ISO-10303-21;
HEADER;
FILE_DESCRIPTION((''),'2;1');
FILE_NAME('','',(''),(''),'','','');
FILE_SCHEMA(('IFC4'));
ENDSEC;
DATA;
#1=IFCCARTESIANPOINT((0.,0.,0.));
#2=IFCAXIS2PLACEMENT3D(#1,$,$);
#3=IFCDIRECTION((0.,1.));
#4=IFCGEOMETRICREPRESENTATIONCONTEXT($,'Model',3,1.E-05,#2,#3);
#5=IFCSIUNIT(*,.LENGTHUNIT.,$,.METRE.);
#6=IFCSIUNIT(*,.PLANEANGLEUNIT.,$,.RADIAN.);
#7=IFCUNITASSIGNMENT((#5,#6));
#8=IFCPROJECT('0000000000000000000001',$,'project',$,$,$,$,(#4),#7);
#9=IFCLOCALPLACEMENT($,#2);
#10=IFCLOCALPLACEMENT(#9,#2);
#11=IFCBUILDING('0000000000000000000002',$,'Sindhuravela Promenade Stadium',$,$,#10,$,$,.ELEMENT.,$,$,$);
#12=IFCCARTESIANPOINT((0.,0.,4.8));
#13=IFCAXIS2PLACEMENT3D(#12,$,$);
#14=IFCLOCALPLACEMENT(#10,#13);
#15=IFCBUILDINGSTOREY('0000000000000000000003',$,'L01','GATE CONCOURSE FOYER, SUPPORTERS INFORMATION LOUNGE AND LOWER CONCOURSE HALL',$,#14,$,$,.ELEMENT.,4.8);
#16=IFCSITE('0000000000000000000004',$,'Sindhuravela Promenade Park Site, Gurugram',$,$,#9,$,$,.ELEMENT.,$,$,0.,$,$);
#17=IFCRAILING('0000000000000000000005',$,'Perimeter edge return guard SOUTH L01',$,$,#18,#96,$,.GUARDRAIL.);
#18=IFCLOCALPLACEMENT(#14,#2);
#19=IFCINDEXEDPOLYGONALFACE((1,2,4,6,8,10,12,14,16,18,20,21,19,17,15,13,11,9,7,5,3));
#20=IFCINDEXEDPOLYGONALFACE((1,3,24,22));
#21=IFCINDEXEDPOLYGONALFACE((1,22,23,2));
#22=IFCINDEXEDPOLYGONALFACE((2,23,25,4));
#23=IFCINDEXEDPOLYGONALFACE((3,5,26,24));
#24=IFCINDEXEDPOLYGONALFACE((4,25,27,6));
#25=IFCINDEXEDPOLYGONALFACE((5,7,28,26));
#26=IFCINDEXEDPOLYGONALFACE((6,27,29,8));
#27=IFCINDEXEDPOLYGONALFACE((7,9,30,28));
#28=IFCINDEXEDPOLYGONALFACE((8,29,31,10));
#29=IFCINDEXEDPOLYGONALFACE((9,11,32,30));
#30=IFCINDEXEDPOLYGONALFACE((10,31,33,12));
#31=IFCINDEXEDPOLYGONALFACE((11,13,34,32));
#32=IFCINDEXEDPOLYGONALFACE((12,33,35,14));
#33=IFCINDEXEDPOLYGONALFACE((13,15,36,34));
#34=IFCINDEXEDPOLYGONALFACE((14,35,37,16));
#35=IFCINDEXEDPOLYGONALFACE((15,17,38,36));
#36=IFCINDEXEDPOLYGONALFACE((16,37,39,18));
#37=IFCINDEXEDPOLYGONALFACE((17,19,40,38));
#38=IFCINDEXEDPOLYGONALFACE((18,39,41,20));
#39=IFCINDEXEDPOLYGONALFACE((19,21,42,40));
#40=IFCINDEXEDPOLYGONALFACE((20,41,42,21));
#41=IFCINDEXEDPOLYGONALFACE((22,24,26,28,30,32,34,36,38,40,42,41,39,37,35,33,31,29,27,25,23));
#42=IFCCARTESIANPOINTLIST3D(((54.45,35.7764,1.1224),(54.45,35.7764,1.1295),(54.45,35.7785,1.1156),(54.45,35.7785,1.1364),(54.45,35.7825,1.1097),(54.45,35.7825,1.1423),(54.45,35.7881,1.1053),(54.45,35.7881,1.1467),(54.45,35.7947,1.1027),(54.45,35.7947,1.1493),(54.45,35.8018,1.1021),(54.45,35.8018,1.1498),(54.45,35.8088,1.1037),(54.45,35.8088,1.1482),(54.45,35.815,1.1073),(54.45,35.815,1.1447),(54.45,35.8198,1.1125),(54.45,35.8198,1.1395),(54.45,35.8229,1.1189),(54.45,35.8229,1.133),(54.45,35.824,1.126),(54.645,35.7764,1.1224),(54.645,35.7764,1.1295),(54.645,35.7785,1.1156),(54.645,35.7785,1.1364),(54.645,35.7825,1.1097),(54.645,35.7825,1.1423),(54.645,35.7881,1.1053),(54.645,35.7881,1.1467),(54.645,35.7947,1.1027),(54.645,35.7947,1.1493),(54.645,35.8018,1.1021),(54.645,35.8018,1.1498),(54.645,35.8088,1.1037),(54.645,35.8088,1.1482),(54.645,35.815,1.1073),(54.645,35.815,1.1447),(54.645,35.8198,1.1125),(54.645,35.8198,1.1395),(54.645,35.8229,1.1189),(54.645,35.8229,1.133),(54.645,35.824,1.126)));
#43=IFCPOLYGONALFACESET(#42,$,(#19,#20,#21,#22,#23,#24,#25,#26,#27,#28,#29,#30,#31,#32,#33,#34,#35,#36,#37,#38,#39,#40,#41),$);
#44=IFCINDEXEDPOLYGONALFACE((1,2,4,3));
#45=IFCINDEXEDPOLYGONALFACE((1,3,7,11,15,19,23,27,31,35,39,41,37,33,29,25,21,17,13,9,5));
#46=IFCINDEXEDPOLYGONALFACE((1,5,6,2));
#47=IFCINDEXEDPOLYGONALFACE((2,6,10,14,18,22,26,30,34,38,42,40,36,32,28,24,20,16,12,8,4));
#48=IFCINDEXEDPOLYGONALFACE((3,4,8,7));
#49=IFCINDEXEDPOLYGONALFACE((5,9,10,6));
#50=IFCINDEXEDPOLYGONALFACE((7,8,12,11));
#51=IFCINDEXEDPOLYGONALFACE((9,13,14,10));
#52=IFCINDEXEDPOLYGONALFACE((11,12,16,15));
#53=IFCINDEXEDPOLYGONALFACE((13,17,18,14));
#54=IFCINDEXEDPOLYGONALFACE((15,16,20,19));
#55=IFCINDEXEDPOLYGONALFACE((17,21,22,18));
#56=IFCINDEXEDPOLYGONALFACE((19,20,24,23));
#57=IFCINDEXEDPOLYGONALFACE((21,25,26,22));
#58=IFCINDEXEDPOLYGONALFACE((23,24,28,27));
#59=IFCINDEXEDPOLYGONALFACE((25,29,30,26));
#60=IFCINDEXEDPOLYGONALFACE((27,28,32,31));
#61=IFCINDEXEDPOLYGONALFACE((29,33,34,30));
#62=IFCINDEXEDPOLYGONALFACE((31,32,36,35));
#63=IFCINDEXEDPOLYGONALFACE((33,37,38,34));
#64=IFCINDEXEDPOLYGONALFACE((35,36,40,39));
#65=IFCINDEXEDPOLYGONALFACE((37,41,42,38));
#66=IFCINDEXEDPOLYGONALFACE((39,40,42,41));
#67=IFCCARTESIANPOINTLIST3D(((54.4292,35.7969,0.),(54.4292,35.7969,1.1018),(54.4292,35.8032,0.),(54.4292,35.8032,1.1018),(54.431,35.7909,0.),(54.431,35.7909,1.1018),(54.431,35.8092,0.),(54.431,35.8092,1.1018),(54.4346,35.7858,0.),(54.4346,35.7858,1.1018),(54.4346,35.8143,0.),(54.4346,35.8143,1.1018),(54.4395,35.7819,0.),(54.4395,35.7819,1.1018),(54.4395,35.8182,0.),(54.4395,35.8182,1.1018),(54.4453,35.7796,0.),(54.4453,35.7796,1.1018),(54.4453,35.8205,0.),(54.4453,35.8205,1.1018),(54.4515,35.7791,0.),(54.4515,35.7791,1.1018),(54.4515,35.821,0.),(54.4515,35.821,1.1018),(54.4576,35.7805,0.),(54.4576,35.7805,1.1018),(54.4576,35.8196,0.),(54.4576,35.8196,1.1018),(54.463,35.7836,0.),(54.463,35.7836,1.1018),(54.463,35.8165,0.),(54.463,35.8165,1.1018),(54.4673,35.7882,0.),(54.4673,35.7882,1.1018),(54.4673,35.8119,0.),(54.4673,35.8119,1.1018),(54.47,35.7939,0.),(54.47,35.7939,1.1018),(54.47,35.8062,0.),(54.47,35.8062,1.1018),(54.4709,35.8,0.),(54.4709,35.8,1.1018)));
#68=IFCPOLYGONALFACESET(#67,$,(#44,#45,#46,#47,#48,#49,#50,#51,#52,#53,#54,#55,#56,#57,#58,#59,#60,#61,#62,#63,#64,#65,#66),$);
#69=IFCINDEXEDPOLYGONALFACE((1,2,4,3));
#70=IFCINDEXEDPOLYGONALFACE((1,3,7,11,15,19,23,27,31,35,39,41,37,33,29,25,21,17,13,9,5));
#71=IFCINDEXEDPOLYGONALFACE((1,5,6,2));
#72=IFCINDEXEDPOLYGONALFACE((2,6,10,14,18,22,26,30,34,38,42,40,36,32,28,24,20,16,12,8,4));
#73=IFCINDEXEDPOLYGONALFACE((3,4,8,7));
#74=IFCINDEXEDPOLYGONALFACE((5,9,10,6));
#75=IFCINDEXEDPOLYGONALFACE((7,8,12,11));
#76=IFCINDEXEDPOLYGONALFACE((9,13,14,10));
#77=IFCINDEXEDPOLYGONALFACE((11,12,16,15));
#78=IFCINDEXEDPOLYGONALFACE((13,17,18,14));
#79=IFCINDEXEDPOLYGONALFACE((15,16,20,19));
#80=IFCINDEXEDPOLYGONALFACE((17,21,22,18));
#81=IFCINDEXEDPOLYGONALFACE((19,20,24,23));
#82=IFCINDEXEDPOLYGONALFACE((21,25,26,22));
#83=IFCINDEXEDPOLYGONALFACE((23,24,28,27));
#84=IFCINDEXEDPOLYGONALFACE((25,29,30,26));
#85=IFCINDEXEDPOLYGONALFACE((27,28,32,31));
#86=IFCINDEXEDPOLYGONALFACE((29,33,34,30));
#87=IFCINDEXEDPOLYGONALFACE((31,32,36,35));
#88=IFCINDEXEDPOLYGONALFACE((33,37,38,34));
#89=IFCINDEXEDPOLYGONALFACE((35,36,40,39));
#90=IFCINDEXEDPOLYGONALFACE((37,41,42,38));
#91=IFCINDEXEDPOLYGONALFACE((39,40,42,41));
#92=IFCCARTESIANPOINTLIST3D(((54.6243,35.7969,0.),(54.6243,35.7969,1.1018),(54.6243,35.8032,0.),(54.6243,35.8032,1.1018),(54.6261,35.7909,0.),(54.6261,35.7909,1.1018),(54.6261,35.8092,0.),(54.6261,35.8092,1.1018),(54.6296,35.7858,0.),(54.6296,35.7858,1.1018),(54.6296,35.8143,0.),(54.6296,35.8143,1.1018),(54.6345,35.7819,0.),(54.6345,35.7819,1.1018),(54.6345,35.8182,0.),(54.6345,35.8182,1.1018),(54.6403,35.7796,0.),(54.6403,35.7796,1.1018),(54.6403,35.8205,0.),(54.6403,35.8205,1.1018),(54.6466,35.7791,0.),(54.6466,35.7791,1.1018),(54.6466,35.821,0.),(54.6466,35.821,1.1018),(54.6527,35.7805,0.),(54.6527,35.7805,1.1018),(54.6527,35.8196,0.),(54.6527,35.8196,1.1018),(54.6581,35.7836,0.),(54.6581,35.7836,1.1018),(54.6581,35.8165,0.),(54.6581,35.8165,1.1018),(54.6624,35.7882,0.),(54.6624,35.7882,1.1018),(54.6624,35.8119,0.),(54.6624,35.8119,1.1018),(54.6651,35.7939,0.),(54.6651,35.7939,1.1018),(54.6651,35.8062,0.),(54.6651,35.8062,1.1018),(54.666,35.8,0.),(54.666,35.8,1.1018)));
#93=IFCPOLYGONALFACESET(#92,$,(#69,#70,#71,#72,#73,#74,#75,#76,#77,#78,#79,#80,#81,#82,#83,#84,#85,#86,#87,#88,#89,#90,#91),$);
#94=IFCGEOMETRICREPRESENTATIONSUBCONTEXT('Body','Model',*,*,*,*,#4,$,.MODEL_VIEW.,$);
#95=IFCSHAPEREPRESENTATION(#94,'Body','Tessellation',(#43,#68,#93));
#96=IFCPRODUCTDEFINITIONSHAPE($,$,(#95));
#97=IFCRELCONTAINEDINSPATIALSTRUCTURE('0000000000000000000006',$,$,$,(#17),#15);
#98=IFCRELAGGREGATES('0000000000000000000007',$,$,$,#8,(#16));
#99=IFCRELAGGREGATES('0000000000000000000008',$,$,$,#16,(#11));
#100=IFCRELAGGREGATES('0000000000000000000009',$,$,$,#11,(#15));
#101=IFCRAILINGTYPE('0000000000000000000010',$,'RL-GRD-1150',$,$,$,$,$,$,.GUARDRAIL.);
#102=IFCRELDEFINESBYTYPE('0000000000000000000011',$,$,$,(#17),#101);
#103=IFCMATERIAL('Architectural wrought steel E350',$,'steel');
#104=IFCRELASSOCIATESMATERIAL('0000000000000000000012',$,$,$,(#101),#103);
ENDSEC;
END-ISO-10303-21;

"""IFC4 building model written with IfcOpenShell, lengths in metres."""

from ifc_helpers import new_model, si_unit, direction, frame, origin, origin_2d, place, context, subcontext, project, spatial, circle, extrude, material, type_object, element, save


model = new_model("IFC4")

# Units and contexts
model_context = context("Model", 3, precision=1e-05, world=origin(), true_north=direction((0.0, 1.0)))
body_context = subcontext(model_context, "Body", "Model", "MODEL_VIEW")
ifc_project = project(units=[si_unit("LENGTHUNIT", "METRE"), si_unit("PLANEANGLEUNIT", "RADIAN")], contexts=[model_context])

# Site, building, storey
site_placement = place(None, origin())
site = spatial("IfcSite", under=ifc_project, at=site_placement, Name="Sindhuravela Promenade Park Site, Gurugram", CompositionType="ELEMENT", RefElevation=0.0)
building_placement = place(site_placement, origin())
building = spatial("IfcBuilding", under=site, at=building_placement, Name="Sindhuravela Promenade Stadium", CompositionType="ELEMENT")
storey_placement = place(building_placement, frame((0.0, 0.0, 4.8)))
storey = spatial("IfcBuildingStorey", under=building, at=storey_placement, Name="L01", Description="GATE CONCOURSE FOYER, SUPPORTERS INFORMATION LOUNGE AND LOWER CONCOURSE HALL", CompositionType="ELEMENT", Elevation=4.8)

# Railing
ifc_material_1 = material(Name="Architectural wrought steel E350", Category="steel")
railing_type = type_object("IfcRailingType", Name="RL-GRD-1150", PredefinedType="GUARDRAIL", material=ifc_material_1)
railing_placement = place(storey_placement, frame((54.45, 35.8, 0.0)))
element("IfcRailing", 1, at=railing_placement, inside=storey, type_object=railing_type, Name="Perimeter edge return guard SOUTH L01", PredefinedType="GUARDRAIL", context=body_context, shape_type="SweptSolid", body=[
    extrude(circle(Radius=0.0239, at=origin_2d()), frame((0.0, 0.0, 1.126), z_axis=(1.0, 0.0, 0.0), x_axis=(0.0, 1.0, 0.0)), (0.0, 0.0, 1.0), 0.1951),
    extrude(circle(Radius=0.021, at=origin_2d()), origin(), (0.0, 0.0, 1.0), 1.1018),
    extrude(circle(Radius=0.021, at=origin_2d()), frame((0.1951, 0.0, 0.0)), (0.0, 0.0, 1.0), 1.1018),
])

save(model, "model.ifc")
